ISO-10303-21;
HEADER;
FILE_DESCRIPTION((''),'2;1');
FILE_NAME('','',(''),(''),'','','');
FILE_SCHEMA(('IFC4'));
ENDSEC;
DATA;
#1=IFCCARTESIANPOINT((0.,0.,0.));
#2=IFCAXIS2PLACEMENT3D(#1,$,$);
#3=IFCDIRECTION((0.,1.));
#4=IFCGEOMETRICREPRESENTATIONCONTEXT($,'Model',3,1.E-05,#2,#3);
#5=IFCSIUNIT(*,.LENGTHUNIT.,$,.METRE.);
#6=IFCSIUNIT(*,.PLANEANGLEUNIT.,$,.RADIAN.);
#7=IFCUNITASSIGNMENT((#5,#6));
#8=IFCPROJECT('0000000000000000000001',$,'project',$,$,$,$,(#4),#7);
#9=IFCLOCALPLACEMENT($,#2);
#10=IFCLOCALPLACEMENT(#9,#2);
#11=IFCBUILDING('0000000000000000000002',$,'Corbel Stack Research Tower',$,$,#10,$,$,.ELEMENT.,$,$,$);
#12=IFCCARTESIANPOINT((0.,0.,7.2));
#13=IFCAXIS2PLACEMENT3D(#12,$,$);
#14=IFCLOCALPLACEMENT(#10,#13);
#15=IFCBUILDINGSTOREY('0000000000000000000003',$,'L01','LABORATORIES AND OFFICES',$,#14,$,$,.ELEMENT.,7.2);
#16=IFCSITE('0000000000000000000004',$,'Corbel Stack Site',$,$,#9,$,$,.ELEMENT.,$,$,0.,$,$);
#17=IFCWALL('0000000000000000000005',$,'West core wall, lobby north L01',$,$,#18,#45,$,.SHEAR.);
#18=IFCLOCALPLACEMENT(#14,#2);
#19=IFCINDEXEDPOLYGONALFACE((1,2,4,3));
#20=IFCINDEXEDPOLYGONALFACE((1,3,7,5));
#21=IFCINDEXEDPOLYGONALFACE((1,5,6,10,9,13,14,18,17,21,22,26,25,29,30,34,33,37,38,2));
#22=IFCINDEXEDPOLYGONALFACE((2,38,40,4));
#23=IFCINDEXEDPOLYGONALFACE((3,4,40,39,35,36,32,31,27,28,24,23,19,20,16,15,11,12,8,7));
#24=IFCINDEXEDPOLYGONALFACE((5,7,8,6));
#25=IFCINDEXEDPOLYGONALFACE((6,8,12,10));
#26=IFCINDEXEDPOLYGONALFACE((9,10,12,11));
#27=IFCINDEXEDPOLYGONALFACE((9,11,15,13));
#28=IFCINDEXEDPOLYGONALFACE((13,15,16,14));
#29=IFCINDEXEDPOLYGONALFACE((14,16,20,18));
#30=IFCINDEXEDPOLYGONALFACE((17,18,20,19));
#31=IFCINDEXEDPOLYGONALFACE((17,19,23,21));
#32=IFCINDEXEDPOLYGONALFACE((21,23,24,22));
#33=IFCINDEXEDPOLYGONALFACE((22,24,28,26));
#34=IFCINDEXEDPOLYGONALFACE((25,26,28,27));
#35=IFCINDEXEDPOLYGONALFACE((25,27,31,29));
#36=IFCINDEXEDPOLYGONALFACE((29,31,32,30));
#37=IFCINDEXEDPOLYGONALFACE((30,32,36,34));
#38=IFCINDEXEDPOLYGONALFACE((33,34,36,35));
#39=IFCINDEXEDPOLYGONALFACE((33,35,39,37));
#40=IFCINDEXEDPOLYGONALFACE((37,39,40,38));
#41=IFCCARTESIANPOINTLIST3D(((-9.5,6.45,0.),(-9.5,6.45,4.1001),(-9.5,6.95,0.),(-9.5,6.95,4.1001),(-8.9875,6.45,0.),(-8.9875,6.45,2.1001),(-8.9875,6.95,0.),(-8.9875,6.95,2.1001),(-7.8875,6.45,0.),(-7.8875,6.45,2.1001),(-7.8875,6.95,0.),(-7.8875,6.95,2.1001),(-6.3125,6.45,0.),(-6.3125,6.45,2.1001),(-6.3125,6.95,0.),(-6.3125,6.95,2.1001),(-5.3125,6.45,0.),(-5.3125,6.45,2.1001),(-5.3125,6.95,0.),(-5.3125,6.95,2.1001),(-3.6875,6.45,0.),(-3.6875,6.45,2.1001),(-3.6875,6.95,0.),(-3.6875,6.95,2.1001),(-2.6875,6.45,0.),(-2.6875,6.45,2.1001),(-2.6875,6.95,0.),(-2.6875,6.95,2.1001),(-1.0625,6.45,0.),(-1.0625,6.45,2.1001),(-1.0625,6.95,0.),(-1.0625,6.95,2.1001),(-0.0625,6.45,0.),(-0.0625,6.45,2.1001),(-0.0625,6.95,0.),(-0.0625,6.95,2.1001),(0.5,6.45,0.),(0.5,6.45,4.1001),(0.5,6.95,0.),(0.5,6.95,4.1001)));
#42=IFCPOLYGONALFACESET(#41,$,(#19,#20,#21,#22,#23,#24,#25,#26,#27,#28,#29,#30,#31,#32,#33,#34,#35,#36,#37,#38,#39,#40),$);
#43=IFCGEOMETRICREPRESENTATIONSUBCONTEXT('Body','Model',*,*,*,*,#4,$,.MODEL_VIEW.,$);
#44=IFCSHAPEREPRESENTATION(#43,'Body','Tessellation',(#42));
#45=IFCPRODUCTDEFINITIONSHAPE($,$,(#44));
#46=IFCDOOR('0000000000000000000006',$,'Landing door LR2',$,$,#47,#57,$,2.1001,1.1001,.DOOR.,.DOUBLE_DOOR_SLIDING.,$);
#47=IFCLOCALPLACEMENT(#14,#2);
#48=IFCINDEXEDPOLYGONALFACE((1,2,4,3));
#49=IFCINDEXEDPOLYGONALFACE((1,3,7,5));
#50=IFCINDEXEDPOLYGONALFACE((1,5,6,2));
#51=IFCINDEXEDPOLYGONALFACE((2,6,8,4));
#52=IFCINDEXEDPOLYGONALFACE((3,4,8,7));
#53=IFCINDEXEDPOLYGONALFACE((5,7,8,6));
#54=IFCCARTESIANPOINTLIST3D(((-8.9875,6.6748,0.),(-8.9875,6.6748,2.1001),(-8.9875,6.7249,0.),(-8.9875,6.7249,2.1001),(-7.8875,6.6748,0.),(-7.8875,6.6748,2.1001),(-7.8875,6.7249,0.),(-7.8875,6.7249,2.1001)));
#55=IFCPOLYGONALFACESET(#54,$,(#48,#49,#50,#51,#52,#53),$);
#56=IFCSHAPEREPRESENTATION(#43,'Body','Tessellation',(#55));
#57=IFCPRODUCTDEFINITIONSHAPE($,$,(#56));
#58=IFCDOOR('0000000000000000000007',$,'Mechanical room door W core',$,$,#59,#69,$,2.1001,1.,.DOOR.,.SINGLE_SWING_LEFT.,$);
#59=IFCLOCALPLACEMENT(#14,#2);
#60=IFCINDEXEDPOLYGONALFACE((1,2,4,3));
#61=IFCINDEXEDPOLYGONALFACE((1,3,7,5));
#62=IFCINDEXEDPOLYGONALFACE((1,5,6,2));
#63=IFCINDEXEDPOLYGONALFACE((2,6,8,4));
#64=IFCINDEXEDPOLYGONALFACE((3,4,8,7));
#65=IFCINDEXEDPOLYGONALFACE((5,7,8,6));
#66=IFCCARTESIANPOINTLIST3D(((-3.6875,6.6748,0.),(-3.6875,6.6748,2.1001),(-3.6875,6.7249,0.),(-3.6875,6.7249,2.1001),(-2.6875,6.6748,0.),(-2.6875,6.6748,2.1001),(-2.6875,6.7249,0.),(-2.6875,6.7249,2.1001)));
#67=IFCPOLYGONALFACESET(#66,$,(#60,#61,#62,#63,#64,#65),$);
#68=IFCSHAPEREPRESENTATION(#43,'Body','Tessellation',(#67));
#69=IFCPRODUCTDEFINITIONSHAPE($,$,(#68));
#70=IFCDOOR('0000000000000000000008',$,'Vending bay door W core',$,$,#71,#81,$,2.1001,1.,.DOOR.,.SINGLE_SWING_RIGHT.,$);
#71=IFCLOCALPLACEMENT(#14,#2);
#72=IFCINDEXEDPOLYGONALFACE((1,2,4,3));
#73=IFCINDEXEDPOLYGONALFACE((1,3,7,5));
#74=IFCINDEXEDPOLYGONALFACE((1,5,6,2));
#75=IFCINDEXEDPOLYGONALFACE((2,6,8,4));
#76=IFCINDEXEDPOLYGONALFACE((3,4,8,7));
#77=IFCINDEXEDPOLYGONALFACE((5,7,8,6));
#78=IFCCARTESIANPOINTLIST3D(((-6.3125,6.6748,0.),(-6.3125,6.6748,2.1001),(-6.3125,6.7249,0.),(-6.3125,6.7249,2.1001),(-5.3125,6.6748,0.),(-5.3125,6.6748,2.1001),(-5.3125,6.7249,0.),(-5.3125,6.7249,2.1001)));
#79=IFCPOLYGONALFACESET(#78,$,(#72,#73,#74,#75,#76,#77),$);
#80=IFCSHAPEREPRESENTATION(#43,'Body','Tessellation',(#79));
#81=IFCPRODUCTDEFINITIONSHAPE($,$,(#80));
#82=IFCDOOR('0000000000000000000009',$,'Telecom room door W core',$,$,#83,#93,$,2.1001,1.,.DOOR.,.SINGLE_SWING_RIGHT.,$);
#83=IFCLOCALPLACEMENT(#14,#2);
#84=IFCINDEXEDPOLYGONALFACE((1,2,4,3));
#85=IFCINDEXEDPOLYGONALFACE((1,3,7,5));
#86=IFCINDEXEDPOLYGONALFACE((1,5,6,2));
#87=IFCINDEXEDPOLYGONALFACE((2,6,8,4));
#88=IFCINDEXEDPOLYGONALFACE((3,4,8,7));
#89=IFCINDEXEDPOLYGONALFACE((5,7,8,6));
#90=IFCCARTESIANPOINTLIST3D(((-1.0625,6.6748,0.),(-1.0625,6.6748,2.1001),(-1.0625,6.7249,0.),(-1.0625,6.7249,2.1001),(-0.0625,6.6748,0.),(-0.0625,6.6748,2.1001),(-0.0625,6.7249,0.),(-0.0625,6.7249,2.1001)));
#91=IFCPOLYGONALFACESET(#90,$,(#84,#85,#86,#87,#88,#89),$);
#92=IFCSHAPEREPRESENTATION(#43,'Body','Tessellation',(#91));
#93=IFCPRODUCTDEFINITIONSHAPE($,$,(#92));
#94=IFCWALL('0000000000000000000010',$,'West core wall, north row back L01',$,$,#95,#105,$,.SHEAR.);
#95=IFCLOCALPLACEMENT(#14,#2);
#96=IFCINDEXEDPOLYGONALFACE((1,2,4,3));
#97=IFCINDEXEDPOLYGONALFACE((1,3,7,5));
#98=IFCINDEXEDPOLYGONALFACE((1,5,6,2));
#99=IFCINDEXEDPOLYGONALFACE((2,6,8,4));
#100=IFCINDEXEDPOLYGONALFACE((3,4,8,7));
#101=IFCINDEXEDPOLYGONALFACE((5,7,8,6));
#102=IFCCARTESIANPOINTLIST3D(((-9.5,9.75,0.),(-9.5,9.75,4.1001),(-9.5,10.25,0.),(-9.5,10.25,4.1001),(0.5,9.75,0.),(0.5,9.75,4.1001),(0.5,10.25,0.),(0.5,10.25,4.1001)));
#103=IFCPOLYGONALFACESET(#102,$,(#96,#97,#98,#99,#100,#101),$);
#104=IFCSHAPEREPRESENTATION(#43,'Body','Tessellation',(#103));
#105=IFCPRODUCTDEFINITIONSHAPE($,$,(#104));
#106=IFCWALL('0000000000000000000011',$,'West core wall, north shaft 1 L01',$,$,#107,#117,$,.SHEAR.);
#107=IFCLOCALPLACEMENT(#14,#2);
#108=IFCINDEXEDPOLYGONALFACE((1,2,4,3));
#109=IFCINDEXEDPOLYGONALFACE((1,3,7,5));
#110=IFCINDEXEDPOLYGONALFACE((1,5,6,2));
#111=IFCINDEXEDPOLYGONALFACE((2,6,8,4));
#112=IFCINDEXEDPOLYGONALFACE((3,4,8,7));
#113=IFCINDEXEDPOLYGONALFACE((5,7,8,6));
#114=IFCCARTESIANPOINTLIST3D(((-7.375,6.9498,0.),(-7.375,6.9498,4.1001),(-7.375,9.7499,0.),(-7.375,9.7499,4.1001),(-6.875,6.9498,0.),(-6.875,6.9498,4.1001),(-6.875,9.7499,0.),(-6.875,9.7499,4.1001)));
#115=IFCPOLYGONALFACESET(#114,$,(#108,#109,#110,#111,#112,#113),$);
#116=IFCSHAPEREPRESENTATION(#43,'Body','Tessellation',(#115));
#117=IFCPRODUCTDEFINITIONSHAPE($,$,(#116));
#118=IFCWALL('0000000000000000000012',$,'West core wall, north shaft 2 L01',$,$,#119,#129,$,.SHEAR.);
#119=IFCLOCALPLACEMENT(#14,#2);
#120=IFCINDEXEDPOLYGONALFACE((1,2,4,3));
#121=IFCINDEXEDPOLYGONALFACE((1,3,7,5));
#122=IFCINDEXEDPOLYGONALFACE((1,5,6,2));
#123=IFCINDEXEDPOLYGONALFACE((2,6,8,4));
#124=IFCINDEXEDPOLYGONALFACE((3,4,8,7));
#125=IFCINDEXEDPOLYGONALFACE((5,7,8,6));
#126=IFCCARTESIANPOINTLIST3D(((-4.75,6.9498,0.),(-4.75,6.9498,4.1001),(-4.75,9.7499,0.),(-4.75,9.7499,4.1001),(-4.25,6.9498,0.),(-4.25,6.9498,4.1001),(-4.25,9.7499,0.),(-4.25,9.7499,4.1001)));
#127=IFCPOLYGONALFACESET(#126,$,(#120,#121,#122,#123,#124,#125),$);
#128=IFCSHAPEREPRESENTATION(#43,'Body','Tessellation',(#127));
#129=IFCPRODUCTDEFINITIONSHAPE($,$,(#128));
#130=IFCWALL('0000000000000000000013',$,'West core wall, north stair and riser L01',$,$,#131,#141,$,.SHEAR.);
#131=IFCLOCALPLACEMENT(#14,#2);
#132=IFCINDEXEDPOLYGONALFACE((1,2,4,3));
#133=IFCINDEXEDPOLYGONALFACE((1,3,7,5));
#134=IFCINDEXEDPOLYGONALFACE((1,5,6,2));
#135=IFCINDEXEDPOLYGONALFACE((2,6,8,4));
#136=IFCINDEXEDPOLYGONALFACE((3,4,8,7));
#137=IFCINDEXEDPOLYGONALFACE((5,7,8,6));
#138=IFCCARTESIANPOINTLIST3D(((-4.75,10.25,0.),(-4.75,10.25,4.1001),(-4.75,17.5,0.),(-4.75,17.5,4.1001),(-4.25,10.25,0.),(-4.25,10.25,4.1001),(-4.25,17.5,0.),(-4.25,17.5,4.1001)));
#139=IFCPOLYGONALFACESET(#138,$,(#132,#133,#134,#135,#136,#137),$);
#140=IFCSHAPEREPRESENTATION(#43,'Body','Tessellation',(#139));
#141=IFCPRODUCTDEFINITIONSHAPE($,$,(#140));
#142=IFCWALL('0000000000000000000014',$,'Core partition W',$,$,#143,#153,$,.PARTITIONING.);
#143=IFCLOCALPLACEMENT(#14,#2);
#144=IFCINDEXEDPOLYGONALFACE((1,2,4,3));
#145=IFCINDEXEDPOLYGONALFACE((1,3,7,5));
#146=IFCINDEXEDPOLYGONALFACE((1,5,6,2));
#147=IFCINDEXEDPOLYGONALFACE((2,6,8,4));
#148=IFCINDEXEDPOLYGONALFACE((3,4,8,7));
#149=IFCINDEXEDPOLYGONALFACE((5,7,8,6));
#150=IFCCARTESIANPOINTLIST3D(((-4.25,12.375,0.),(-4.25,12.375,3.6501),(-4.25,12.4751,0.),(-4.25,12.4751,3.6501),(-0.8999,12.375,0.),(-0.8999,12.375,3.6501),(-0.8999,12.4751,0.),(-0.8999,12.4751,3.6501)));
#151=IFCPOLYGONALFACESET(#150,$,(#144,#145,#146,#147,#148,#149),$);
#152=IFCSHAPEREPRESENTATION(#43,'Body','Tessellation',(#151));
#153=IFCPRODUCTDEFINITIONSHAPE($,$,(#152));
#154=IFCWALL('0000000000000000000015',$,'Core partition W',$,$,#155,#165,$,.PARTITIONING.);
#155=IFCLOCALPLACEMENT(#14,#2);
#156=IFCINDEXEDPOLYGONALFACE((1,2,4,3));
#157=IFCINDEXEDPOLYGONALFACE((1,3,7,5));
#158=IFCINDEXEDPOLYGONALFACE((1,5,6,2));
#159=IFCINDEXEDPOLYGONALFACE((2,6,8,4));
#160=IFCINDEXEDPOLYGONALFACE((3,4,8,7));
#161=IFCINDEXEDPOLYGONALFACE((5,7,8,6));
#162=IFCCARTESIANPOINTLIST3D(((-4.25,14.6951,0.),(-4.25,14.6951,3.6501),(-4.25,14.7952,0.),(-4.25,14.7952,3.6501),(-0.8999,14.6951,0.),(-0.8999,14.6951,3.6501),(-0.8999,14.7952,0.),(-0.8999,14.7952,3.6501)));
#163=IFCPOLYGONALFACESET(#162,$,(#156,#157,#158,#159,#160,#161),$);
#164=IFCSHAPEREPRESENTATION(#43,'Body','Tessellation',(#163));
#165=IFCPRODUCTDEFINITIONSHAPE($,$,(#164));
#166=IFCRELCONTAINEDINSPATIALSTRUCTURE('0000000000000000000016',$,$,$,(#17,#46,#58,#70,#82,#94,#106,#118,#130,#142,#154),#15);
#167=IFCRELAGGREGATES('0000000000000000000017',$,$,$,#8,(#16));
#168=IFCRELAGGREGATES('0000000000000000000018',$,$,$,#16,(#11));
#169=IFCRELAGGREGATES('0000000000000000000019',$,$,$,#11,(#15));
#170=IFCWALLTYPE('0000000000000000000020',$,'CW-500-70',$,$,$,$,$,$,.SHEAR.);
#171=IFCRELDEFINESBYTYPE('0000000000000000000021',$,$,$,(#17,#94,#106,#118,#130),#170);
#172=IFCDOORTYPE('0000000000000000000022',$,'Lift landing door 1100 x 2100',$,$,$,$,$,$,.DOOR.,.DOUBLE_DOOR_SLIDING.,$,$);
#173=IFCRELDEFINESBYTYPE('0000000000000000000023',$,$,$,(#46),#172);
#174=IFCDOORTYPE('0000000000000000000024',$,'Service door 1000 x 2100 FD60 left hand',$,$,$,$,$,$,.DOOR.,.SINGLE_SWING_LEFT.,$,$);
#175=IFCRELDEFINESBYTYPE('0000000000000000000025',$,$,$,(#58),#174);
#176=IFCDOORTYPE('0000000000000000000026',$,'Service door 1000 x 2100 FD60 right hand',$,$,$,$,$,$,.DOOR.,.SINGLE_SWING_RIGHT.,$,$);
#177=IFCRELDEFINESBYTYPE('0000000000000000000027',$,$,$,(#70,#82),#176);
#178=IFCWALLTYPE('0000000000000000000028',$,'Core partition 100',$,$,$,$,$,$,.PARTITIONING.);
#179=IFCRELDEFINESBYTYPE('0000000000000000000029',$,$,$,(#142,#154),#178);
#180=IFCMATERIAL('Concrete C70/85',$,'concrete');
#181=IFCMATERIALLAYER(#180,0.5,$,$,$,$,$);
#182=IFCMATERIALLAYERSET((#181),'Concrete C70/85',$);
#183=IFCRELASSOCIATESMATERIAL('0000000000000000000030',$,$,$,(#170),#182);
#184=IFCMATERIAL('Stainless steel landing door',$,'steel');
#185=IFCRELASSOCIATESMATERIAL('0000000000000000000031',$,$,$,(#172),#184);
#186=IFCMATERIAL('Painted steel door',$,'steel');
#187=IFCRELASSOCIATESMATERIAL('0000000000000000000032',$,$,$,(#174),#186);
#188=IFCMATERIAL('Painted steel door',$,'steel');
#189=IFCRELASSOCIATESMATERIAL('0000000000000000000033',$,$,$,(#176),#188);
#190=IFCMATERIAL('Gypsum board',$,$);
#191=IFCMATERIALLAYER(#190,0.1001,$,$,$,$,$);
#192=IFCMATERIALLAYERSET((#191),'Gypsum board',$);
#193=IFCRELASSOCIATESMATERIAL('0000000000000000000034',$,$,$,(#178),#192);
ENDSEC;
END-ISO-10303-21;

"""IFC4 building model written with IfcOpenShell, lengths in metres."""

from ifc_helpers import new_model, si_unit, direction, frame, frame_2d, origin, place, context, subcontext, project, spatial, rectangle, extrude, material, layer, layer_set, type_object, element, fill, save


model = new_model("IFC4")

# Units and contexts
model_context = context("Model", 3, precision=1e-05, world=origin(), true_north=direction((0.0, 1.0)))
body_context = subcontext(model_context, "Body", "Model", "MODEL_VIEW")
ifc_project = project(units=[si_unit("LENGTHUNIT", "METRE"), si_unit("PLANEANGLEUNIT", "RADIAN")], contexts=[model_context])

# Site, building, storey
site_placement = place(None, origin())
site = spatial("IfcSite", under=ifc_project, at=site_placement, Name="Corbel Stack Site", CompositionType="ELEMENT", RefElevation=0.0)
building_placement = place(site_placement, origin())
building = spatial("IfcBuilding", under=site, at=building_placement, Name="Corbel Stack Research Tower", CompositionType="ELEMENT")
storey_placement = place(building_placement, frame((0.0, 0.0, 7.2)))
storey = spatial("IfcBuildingStorey", under=building, at=storey_placement, Name="L01", Description="LABORATORIES AND OFFICES", CompositionType="ELEMENT", Elevation=7.2)

# Wall, openings, doors
ifc_material_1 = material(Name="Concrete C70/85", Category="concrete")
ifc_layer_1 = layer(ifc_material_1, 0.5)
ifc_layer_set_1 = layer_set([ifc_layer_1], Name="Concrete C70/85")
wall_type_1 = type_object("IfcWallType", Name="CW-500-70", PredefinedType="SHEAR", material=ifc_layer_set_1)
ifc_material_2 = material(Name="Stainless steel landing door", Category="steel")
door_type_1 = type_object("IfcDoorType", Name="Lift landing door 1100 x 2100", OperationType="DOUBLE_DOOR_SLIDING", PredefinedType="DOOR", material=ifc_material_2)
wall_1_placement = place(storey_placement, frame((-9.5, 6.7, 0.0), z_axis=(0.0, 0.0, 1.0), x_axis=(1.0, 0.0, 0.0)))
wall_1 = element("IfcWall", 1, at=wall_1_placement, inside=storey, type_object=wall_type_1, Name="West core wall, lobby north L01", PredefinedType="SHEAR", context=body_context, shape_type="SweptSolid", body=[
    extrude(rectangle(XDim=10.0, YDim=0.5, at=frame_2d((5.0, 0.0))), origin(), (0.0, 0.0, 1.0), 4.1001),
])
opening_1_placement = place(wall_1_placement, frame((0.5125, 0.0, 0.0)))
opening_1 = element("IfcOpeningElement", 2, at=opening_1_placement, cuts=wall_1, PredefinedType="OPENING", context=body_context, shape_type="SweptSolid", body=[
    extrude(rectangle(XDim=1.1001, YDim=2.1001, at=frame_2d((0.55, 1.05))), frame((0.0, 0.26, 0.0), z_axis=(0.0, -1.0, 0.0), x_axis=(1.0, 0.0, 0.0)), (0.0, 0.0, 1.0), 0.52),
])
opening_2_placement = place(wall_1_placement, frame((3.1875, 0.0, 0.0)))
opening_2 = element("IfcOpeningElement", 3, at=opening_2_placement, cuts=wall_1, PredefinedType="OPENING", context=body_context, shape_type="SweptSolid", body=[
    extrude(rectangle(XDim=1.0, YDim=2.1001, at=frame_2d((0.5, 1.05))), frame((0.0, 0.26, 0.0), z_axis=(0.0, -1.0, 0.0), x_axis=(1.0, 0.0, 0.0)), (0.0, 0.0, 1.0), 0.52),
])
opening_3_placement = place(wall_1_placement, frame((5.8125, 0.0, 0.0)))
opening_3 = element("IfcOpeningElement", 4, at=opening_3_placement, cuts=wall_1, PredefinedType="OPENING", context=body_context, shape_type="SweptSolid", body=[
    extrude(rectangle(XDim=1.0, YDim=2.1001, at=frame_2d((0.5, 1.05))), frame((0.0, 0.26, 0.0), z_axis=(0.0, -1.0, 0.0), x_axis=(1.0, 0.0, 0.0)), (0.0, 0.0, 1.0), 0.52),
])
opening_4_placement = place(wall_1_placement, frame((8.4375, 0.0, 0.0)))
opening_4 = element("IfcOpeningElement", 5, at=opening_4_placement, cuts=wall_1, PredefinedType="OPENING", context=body_context, shape_type="SweptSolid", body=[
    extrude(rectangle(XDim=1.0, YDim=2.1001, at=frame_2d((0.5, 1.05))), frame((0.0, 0.26, 0.0), z_axis=(0.0, -1.0, 0.0), x_axis=(1.0, 0.0, 0.0)), (0.0, 0.0, 1.0), 0.52),
])
door_1_placement = place(opening_1_placement, origin())
door_1 = element("IfcDoor", 6, at=door_1_placement, inside=storey, type_object=door_type_1, Name="Landing door LR2", OperationType="DOUBLE_DOOR_SLIDING", OverallHeight=2.1001, OverallWidth=1.1001, PredefinedType="DOOR", context=body_context, shape_type="SweptSolid", body=[
    extrude(rectangle(XDim=1.1001, YDim=2.1001, at=frame_2d((0.55, 1.05))), frame((0.0, 0.0249, 0.0), z_axis=(0.0, -1.0, 0.0), x_axis=(1.0, 0.0, 0.0)), (0.0, 0.0, 1.0), 0.05),
])
fill(opening_1, door_1)
ifc_material_3 = material(Name="Painted steel door", Category="steel")
door_type_2 = type_object("IfcDoorType", Name="Service door 1000 x 2100 FD60 left hand", OperationType="SINGLE_SWING_LEFT", PredefinedType="DOOR", material=ifc_material_3)
door_2_placement = place(opening_3_placement, origin())
door_2 = element("IfcDoor", 7, at=door_2_placement, inside=storey, type_object=door_type_2, Name="Mechanical room door W core", OperationType="SINGLE_SWING_LEFT", OverallHeight=2.1001, OverallWidth=1.0, PredefinedType="DOOR", context=body_context, shape_type="SweptSolid", body=[
    extrude(rectangle(XDim=1.0, YDim=2.1001, at=frame_2d((0.5, 1.05))), frame((0.0, 0.0249, 0.0), z_axis=(0.0, -1.0, 0.0), x_axis=(1.0, 0.0, 0.0)), (0.0, 0.0, 1.0), 0.05),
])
fill(opening_3, door_2)
ifc_material_4 = material(Name="Painted steel door", Category="steel")
door_type_3 = type_object("IfcDoorType", Name="Service door 1000 x 2100 FD60 right hand", OperationType="SINGLE_SWING_RIGHT", PredefinedType="DOOR", material=ifc_material_4)
door_3_placement = place(opening_2_placement, origin())
door_3 = element("IfcDoor", 8, at=door_3_placement, inside=storey, type_object=door_type_3, Name="Vending bay door W core", OperationType="SINGLE_SWING_RIGHT", OverallHeight=2.1001, OverallWidth=1.0, PredefinedType="DOOR", context=body_context, shape_type="SweptSolid", body=[
    extrude(rectangle(XDim=1.0, YDim=2.1001, at=frame_2d((0.5, 1.05))), frame((0.0, 0.0249, 0.0), z_axis=(0.0, -1.0, 0.0), x_axis=(1.0, 0.0, 0.0)), (0.0, 0.0, 1.0), 0.05),
])
fill(opening_2, door_3)
door_4_placement = place(opening_4_placement, origin())
door_4 = element("IfcDoor", 9, at=door_4_placement, inside=storey, type_object=door_type_3, Name="Telecom room door W core", OperationType="SINGLE_SWING_RIGHT", OverallHeight=2.1001, OverallWidth=1.0, PredefinedType="DOOR", context=body_context, shape_type="SweptSolid", body=[
    extrude(rectangle(XDim=1.0, YDim=2.1001, at=frame_2d((0.5, 1.05))), frame((0.0, 0.0249, 0.0), z_axis=(0.0, -1.0, 0.0), x_axis=(1.0, 0.0, 0.0)), (0.0, 0.0, 1.0), 0.05),
])
fill(opening_4, door_4)

# Walls
wall_2_placement = place(storey_placement, frame((-9.5, 10.0, 0.0), z_axis=(0.0, 0.0, 1.0), x_axis=(1.0, 0.0, 0.0)))
element("IfcWall", 10, at=wall_2_placement, inside=storey, type_object=wall_type_1, Name="West core wall, north row back L01", PredefinedType="SHEAR", context=body_context, shape_type="SweptSolid", body=[
    extrude(rectangle(XDim=10.0, YDim=0.5, at=frame_2d((5.0, 0.0))), origin(), (0.0, 0.0, 1.0), 4.1001),
])
for number, where, z_axis, x_axis, name in (
    (11, (-7.125, 6.95, 0.0), (0.0, 0.0, 1.0), (0.0, 1.0, 0.0), "West core wall, north shaft 1 L01"),
    (12, (-4.5, 6.95, 0.0), (0.0, 0.0, 1.0), (0.0, 1.0, 0.0), "West core wall, north shaft 2 L01"),
):
    element("IfcWall", number, at=place(storey_placement, frame(where, z_axis=z_axis, x_axis=x_axis)), inside=storey, type_object=wall_type_1, Name=name, PredefinedType="SHEAR", context=body_context, shape_type="SweptSolid", body=[
        extrude(rectangle(XDim=2.8, YDim=0.5, at=frame_2d((1.3999, 0.0))), origin(), (0.0, 0.0, 1.0), 4.1001),
    ])
wall_3_placement = place(storey_placement, frame((-4.5, 10.25, 0.0), z_axis=(0.0, 0.0, 1.0), x_axis=(0.0, 1.0, 0.0)))
element("IfcWall", 13, at=wall_3_placement, inside=storey, type_object=wall_type_1, Name="West core wall, north stair and riser L01", PredefinedType="SHEAR", context=body_context, shape_type="SweptSolid", body=[
    extrude(rectangle(XDim=7.25, YDim=0.5, at=frame_2d((3.625, 0.0))), origin(), (0.0, 0.0, 1.0), 4.1001),
])
ifc_material_5 = material(Name="Gypsum board")
ifc_layer_2 = layer(ifc_material_5, 0.1001)
ifc_layer_set_2 = layer_set([ifc_layer_2], Name="Gypsum board")
wall_type_2 = type_object("IfcWallType", Name="Core partition 100", PredefinedType="PARTITIONING", material=ifc_layer_set_2)
for number, where, z_axis, x_axis, name in (
    (14, (-4.25, 12.425, 0.0), (0.0, 0.0, 1.0), (1.0, 0.0, 0.0), "Core partition W"),
    (15, (-4.25, 14.7451, 0.0), (0.0, 0.0, 1.0), (1.0, 0.0, 0.0), "Core partition W"),
):
    element("IfcWall", number, at=place(storey_placement, frame(where, z_axis=z_axis, x_axis=x_axis)), inside=storey, type_object=wall_type_2, Name=name, PredefinedType="PARTITIONING", context=body_context, shape_type="SweptSolid", body=[
        extrude(rectangle(XDim=3.3501, YDim=0.1001, at=frame_2d((1.675, 0.0))), origin(), (0.0, 0.0, 1.0), 3.6501),
    ])

save(model, "model.ifc")
